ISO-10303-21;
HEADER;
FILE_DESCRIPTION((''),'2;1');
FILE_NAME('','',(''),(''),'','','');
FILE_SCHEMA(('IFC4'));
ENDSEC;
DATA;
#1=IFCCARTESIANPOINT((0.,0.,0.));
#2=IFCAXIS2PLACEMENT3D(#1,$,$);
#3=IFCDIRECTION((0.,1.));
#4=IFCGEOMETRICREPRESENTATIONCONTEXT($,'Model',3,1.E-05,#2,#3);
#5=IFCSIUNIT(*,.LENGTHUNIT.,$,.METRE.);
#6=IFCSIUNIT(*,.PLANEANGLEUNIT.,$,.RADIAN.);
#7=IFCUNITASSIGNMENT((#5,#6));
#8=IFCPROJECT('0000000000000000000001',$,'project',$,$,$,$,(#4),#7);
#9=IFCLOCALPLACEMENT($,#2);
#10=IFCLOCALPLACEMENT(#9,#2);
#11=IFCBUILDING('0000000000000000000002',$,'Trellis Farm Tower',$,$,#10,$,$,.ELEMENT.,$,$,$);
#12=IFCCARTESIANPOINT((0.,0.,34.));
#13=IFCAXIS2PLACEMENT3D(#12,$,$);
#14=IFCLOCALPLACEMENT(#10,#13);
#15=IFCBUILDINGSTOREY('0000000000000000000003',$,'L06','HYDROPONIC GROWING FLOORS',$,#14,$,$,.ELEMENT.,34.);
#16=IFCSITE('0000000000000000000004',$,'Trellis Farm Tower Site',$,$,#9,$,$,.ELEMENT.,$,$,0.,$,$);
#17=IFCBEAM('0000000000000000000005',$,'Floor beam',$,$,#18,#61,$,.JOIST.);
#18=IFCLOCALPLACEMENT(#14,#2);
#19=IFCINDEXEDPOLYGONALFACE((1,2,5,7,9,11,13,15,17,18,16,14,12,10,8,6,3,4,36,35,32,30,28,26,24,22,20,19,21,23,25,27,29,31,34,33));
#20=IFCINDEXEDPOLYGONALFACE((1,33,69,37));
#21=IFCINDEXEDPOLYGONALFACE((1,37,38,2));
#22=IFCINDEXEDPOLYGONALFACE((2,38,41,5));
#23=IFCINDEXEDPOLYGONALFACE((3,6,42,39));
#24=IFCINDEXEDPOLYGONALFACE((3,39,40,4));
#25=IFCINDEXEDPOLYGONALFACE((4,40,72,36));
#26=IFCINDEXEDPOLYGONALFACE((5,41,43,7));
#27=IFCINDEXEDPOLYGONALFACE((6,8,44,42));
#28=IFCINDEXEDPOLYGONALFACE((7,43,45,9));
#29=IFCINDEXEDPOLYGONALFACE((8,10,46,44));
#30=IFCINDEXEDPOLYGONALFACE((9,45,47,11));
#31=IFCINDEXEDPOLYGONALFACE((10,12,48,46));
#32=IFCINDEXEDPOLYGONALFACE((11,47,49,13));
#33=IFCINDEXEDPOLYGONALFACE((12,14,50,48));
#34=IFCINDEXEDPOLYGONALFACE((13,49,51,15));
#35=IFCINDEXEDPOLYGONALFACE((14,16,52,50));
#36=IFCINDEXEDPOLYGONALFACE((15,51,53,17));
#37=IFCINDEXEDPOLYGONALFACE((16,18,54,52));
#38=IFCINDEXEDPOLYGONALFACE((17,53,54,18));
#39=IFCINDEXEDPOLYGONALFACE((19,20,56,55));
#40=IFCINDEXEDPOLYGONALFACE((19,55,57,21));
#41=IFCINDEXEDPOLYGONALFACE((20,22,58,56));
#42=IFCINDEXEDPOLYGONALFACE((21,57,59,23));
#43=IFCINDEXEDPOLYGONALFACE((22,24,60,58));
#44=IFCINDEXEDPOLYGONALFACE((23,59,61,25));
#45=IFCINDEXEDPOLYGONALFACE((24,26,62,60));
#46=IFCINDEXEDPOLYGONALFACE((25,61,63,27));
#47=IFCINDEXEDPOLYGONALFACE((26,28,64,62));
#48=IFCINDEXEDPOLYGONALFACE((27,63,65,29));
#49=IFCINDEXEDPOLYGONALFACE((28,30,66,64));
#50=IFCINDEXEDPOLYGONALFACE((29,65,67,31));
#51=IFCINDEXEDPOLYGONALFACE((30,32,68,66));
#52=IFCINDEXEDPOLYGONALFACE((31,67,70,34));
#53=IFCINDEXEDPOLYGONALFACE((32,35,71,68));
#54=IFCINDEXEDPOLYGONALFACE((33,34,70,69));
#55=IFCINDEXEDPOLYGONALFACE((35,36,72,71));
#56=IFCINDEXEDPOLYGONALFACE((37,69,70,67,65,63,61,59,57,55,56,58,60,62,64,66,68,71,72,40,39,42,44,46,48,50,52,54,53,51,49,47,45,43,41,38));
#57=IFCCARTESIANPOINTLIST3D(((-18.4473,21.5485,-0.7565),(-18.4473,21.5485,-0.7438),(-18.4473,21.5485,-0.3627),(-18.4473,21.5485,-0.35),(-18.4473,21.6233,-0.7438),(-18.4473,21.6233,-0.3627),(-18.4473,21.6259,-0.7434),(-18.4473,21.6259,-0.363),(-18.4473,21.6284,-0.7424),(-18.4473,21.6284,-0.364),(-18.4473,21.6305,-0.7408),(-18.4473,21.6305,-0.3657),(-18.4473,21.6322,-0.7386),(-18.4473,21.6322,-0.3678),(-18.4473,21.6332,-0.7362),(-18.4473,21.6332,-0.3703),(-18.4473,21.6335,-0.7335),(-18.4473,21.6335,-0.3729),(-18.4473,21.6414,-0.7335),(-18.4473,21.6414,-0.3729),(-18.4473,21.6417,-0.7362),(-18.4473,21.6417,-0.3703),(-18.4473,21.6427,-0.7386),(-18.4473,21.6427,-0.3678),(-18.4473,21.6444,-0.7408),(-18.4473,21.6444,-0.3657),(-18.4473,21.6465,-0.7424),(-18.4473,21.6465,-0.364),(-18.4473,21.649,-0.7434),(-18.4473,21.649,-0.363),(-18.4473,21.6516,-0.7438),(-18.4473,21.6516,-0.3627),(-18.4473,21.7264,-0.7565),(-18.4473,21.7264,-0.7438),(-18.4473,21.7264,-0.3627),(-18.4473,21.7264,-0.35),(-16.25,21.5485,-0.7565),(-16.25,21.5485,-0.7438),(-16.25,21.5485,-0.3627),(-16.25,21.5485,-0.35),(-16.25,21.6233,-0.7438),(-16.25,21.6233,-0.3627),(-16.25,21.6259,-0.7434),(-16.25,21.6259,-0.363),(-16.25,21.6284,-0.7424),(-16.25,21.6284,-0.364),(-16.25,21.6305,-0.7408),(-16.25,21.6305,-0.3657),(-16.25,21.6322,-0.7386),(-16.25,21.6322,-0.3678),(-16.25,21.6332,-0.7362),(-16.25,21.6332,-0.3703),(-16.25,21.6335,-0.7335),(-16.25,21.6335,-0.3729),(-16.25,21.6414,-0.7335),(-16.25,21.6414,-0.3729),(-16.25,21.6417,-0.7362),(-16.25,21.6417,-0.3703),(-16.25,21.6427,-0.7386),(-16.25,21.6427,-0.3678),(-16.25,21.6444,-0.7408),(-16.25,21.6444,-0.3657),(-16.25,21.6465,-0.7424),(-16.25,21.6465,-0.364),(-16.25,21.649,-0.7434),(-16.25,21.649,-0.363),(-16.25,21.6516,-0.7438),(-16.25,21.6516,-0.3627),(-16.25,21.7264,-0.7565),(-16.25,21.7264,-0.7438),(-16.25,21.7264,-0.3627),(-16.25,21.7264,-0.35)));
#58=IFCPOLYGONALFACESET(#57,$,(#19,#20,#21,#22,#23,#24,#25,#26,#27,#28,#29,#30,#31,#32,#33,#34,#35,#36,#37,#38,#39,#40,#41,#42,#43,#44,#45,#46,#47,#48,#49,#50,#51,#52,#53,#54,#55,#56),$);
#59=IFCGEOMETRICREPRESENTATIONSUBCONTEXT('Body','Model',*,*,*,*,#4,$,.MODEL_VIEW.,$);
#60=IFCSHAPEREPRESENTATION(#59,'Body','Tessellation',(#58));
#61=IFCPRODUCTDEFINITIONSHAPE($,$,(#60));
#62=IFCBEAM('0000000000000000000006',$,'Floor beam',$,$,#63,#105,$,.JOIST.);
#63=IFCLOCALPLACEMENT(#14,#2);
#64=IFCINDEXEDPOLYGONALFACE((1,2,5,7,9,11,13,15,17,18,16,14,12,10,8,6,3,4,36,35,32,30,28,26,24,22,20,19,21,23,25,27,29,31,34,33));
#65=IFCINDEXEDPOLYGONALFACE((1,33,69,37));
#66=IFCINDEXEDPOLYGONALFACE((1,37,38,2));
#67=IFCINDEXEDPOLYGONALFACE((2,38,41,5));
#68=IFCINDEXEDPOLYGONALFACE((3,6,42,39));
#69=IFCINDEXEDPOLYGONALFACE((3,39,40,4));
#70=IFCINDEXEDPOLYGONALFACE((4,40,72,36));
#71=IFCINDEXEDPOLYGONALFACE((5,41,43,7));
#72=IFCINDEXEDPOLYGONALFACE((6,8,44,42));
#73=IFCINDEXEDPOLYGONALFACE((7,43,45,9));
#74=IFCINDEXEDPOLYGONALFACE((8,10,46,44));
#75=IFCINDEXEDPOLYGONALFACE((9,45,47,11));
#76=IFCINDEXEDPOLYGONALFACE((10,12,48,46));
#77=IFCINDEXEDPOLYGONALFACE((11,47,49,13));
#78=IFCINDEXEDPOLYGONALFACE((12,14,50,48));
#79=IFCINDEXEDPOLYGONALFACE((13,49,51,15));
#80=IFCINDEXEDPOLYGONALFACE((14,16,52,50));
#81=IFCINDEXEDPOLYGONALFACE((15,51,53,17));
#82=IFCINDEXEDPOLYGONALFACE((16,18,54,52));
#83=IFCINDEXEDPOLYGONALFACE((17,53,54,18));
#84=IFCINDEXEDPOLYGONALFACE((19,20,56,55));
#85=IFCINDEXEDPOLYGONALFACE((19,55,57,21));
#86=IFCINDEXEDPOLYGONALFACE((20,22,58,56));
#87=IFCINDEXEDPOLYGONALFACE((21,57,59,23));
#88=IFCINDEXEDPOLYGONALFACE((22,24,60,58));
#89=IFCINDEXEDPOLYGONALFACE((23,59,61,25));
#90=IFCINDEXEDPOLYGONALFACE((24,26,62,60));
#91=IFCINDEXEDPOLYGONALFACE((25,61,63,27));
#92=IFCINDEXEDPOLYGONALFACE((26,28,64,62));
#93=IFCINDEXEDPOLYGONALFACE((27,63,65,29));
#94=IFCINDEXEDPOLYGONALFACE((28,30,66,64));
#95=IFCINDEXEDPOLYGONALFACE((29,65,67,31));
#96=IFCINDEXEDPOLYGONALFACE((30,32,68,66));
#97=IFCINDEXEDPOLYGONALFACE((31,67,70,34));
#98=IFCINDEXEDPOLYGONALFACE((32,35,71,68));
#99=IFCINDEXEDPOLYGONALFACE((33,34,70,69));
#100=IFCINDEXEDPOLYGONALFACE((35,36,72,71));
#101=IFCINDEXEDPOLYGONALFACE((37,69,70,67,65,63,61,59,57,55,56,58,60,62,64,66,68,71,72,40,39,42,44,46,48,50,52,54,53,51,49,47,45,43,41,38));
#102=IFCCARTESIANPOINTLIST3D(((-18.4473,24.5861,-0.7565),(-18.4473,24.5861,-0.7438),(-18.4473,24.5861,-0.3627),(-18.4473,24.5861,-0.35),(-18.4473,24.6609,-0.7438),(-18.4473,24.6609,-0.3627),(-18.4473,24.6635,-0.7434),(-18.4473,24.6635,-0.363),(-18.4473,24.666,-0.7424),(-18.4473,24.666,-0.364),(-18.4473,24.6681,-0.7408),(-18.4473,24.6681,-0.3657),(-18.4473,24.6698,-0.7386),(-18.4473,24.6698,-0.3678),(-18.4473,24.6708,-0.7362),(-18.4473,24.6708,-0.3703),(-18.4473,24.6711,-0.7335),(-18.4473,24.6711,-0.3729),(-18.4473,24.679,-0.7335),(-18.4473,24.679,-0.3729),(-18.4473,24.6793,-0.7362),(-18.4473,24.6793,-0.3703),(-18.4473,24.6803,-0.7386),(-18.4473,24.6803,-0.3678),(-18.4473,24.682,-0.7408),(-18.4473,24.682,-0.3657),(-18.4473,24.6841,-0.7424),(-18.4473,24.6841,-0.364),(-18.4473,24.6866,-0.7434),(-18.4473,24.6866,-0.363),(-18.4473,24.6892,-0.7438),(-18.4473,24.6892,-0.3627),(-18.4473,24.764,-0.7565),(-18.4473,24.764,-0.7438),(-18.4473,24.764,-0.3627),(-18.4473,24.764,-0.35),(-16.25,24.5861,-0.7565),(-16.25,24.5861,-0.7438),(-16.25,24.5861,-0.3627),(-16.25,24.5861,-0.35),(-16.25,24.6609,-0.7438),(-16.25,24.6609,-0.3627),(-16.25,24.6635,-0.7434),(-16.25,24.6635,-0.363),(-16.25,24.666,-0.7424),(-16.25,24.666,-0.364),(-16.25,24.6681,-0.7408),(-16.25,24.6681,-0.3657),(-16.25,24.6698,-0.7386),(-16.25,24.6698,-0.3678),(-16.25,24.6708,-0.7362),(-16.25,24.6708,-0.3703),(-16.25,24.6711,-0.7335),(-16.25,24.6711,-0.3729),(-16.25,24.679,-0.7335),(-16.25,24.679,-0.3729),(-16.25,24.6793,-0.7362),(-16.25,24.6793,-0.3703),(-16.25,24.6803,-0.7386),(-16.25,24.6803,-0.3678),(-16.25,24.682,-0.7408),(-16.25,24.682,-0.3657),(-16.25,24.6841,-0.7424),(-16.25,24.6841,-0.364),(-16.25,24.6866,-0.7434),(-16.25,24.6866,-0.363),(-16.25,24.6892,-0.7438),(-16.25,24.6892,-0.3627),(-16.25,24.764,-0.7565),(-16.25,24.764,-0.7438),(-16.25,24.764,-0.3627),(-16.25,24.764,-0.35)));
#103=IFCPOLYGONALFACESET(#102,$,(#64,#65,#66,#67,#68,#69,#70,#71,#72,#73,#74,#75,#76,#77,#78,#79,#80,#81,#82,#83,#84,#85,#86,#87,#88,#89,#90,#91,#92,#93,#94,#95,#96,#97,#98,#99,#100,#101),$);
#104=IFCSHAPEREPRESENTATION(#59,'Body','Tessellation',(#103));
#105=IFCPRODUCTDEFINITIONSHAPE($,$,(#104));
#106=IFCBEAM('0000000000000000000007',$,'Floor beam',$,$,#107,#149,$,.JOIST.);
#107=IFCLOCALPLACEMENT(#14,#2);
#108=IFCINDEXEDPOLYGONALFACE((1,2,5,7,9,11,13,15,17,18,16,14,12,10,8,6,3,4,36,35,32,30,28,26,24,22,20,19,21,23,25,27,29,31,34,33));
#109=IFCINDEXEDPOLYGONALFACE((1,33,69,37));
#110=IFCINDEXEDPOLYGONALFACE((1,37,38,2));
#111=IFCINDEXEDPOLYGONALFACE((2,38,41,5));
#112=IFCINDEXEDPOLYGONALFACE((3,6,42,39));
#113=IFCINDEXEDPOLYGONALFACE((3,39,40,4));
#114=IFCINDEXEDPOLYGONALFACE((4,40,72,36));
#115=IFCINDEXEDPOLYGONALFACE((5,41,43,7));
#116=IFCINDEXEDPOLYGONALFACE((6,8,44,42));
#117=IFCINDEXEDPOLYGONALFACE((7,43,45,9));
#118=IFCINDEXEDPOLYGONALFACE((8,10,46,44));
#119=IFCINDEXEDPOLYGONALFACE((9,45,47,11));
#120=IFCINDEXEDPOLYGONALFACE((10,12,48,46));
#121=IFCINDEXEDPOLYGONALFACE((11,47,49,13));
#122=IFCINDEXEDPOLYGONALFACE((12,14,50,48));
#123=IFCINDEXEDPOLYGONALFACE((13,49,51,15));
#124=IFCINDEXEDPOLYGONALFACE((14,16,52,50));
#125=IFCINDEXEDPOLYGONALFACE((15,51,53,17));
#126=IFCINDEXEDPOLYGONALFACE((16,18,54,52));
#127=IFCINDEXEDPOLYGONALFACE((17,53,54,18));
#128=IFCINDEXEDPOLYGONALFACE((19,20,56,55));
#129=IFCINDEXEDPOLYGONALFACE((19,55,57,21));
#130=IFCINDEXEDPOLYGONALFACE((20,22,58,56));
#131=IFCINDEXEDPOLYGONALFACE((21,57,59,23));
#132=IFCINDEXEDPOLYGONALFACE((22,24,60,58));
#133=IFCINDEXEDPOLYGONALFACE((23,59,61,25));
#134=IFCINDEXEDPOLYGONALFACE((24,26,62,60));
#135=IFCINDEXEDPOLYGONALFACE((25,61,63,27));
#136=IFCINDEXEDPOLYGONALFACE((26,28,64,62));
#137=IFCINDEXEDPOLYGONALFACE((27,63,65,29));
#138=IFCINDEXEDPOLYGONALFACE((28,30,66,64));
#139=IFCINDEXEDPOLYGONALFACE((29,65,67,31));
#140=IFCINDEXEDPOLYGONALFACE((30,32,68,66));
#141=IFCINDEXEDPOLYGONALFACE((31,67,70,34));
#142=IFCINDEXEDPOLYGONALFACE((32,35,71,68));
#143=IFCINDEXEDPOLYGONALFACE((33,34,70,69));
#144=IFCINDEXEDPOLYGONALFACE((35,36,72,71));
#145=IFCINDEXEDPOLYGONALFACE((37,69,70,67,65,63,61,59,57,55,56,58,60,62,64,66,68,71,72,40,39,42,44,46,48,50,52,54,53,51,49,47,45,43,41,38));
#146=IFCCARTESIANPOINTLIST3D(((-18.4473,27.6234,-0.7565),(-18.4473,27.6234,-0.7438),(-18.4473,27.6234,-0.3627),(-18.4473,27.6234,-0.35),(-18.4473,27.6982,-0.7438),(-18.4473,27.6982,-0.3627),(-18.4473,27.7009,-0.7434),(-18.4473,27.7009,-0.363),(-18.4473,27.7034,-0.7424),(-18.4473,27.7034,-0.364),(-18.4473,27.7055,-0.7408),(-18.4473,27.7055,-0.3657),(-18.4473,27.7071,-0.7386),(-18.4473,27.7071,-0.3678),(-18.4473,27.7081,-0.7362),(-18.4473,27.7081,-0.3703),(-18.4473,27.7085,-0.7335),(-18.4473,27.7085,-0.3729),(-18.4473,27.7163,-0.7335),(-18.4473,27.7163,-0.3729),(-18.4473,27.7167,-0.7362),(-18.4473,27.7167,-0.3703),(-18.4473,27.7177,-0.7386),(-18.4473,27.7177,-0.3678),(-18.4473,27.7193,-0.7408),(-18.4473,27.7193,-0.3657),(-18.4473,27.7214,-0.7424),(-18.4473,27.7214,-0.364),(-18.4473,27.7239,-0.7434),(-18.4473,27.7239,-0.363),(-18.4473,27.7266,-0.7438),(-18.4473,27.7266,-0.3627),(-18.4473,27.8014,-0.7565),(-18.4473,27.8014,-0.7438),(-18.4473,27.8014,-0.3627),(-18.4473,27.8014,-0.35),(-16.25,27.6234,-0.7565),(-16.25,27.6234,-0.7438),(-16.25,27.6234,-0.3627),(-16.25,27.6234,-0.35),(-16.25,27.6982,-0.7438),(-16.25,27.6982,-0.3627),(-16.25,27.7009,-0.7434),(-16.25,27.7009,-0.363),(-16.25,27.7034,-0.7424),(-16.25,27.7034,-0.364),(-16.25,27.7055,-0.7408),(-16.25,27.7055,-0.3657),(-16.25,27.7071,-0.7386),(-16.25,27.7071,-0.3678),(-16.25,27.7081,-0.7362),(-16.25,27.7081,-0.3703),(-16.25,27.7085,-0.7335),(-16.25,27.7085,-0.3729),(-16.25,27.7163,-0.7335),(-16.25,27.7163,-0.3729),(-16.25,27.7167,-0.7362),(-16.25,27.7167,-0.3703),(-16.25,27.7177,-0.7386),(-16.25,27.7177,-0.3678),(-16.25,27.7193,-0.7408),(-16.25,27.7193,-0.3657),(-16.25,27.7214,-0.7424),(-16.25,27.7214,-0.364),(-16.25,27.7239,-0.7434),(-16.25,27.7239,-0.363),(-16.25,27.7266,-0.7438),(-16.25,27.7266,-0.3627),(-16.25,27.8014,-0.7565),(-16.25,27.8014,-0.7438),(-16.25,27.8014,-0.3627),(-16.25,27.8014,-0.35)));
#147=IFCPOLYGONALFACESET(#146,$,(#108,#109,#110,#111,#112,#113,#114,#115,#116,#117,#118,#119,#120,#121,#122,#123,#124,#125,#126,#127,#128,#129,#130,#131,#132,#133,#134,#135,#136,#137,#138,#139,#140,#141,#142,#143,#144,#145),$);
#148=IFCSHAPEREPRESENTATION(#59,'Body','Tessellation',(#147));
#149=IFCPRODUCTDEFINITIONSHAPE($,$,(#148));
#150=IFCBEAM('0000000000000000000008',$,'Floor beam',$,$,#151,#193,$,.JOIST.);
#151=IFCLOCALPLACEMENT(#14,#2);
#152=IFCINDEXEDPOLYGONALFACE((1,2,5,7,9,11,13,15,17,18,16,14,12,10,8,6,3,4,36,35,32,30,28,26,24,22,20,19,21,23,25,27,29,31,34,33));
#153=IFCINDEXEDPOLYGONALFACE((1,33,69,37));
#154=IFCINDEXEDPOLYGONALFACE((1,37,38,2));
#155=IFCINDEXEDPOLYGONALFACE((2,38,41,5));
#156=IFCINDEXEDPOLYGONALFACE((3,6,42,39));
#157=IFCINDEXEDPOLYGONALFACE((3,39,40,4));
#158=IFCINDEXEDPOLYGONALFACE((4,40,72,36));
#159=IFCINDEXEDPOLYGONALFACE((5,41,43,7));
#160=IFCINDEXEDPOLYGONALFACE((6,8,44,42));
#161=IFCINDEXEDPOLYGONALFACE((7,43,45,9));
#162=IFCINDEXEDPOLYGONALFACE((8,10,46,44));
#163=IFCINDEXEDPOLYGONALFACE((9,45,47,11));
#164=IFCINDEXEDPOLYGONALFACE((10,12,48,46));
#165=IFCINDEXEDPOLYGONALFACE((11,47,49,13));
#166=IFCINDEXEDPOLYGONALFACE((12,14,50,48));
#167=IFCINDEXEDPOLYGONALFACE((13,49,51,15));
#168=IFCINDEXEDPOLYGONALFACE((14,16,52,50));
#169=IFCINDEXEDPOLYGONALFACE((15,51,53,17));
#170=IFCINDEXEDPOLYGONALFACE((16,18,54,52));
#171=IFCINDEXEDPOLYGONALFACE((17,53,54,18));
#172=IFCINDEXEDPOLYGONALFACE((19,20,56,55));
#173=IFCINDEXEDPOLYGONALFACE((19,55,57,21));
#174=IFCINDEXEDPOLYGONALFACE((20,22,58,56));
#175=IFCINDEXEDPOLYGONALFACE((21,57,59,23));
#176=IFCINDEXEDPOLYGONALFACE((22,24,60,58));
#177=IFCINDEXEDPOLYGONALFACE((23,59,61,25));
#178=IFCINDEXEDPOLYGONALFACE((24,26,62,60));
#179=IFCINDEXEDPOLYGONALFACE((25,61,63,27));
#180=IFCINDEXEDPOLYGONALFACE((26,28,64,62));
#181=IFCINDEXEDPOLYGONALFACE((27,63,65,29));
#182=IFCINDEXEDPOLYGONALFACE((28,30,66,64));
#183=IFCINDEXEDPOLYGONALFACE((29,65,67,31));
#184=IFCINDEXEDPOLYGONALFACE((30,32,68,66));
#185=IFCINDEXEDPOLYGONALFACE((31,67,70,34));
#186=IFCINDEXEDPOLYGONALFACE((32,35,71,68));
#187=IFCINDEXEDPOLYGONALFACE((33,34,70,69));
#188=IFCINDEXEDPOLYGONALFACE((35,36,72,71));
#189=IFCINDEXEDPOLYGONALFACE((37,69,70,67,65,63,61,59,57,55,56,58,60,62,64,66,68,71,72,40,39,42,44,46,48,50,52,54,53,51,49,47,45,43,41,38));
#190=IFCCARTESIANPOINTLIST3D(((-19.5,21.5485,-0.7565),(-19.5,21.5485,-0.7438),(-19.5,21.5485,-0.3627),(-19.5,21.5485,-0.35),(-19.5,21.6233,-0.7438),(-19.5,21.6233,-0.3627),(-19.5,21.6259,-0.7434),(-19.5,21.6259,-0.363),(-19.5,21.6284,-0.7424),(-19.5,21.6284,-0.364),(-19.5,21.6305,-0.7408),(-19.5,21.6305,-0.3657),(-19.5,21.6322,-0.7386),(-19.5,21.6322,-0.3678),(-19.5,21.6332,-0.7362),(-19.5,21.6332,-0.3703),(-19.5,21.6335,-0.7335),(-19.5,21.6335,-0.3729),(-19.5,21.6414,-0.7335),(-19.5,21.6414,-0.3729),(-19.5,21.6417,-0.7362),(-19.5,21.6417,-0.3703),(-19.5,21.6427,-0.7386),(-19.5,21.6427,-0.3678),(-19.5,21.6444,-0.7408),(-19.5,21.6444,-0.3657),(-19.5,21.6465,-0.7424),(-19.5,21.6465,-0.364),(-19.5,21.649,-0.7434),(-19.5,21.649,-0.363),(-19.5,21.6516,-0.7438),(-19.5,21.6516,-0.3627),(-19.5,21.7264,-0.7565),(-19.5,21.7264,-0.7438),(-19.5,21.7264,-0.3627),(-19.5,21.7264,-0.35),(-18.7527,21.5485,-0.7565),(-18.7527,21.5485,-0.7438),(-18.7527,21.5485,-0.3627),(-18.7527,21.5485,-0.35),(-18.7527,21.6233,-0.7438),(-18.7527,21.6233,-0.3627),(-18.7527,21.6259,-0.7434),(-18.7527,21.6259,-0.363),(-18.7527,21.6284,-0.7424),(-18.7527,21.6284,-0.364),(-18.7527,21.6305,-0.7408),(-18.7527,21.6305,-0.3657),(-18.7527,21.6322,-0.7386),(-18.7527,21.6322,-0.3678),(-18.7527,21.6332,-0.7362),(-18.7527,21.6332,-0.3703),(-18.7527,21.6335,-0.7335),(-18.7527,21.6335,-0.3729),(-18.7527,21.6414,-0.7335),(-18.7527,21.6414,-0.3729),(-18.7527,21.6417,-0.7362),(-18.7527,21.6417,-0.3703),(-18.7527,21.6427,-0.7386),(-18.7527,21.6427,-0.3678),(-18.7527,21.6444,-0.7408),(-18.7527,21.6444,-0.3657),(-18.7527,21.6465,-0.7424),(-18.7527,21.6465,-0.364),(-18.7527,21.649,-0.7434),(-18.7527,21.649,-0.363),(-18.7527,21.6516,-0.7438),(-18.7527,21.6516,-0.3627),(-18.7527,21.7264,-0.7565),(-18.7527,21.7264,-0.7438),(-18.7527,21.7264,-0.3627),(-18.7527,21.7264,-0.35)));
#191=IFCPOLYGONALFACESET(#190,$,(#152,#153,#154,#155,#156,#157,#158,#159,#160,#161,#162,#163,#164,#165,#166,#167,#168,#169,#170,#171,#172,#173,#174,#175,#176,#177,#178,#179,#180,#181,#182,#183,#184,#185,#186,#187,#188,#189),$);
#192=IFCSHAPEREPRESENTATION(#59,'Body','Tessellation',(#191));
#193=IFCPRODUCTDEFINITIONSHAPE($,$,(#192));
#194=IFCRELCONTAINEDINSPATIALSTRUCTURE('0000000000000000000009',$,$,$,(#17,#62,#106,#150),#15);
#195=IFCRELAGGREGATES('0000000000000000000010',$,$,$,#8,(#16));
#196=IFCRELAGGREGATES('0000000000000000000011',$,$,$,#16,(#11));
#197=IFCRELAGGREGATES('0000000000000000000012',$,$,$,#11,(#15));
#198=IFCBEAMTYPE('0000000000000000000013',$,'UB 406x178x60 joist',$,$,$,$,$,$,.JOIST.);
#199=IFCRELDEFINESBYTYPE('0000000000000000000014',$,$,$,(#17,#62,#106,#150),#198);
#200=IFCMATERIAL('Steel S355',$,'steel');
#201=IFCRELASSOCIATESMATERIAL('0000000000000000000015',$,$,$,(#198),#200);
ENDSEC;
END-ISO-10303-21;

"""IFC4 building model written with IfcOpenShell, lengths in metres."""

from ifc_helpers import new_model, si_unit, direction, frame, origin, origin_2d, place, context, subcontext, project, spatial, i_section, extrude, source, transform, mapped, material, material_profile, profile_set, type_object, element, save


model = new_model("IFC4")

# Units and contexts
model_context = context("Model", 3, precision=1e-05, world=origin(), true_north=direction((0.0, 1.0)))
body_context = subcontext(model_context, "Body", "Model", "MODEL_VIEW")
ifc_project = project(units=[si_unit("LENGTHUNIT", "METRE"), si_unit("PLANEANGLEUNIT", "RADIAN")], contexts=[model_context])

# Site, building, storey
site_placement = place(None, origin())
site = spatial("IfcSite", under=ifc_project, at=site_placement, Name="Trellis Farm Tower Site", CompositionType="ELEMENT", RefElevation=0.0)
building_placement = place(site_placement, origin())
building = spatial("IfcBuilding", under=site, at=building_placement, Name="Trellis Farm Tower", CompositionType="ELEMENT")
storey_placement = place(building_placement, frame((0.0, 0.0, 34.0)))
storey = spatial("IfcBuildingStorey", under=building, at=storey_placement, Name="L06", Description="HYDROPONIC GROWING FLOORS", CompositionType="ELEMENT", Elevation=34.0)

# Beams
ifc_material_1 = material(Name="Steel S355", Category="steel")
ifc_material_profile_1 = material_profile(ifc_material_1, i_section(OverallWidth=0.178, OverallDepth=0.4065, WebThickness=0.0078, FlangeThickness=0.0127, FilletRadius=0.0103, at=origin_2d()), Name="UB 406x178x60")
ifc_profile_set_1 = profile_set([ifc_material_profile_1], Name="Steel S355")
beam_type_1 = type_object("IfcBeamType", Name="UB 406x178x60 joist", PredefinedType="JOIST", material=ifc_profile_set_1)
shared_shape_1 = source(origin(), body_context, "Body", "SweptSolid", [
    extrude(i_section(OverallWidth=0.178, OverallDepth=0.4065, WebThickness=0.0078, FlangeThickness=0.0127, FilletRadius=0.0103, at=origin_2d()), origin(), (0.0, 0.0, 1.0), 2.1973),
])
for number, where, z_axis, x_axis, name in (
    (1, (-18.4473, 21.6375, -0.5532), (1.0, 0.0, 0.0), (0.0, 1.0, 0.0), "Floor beam"),
    (2, (-18.4473, 24.675, -0.5532), (1.0, 0.0, 0.0), (0.0, 1.0, 0.0), "Floor beam"),
    (3, (-18.4473, 27.7124, -0.5532), (1.0, 0.0, 0.0), (0.0, 1.0, 0.0), "Floor beam"),
):
    element("IfcBeam", number, at=place(storey_placement, frame(where, z_axis=z_axis, x_axis=x_axis)), inside=storey, type_object=beam_type_1, Name=name, PredefinedType="JOIST", context=body_context, shape_type="MappedRepresentation", body=[
        mapped(shared_shape_1, transform((0.0, 0.0, 0.0))),
    ])
shared_shape_2 = source(origin(), body_context, "Body", "SweptSolid", [
    extrude(i_section(OverallWidth=0.178, OverallDepth=0.4065, WebThickness=0.0078, FlangeThickness=0.0127, FilletRadius=0.0103, at=origin_2d()), origin(), (0.0, 0.0, 1.0), 0.7473),
])
for number, where, z_axis, x_axis, name in (
    (4, (-19.5, 21.6375, -0.5532), (1.0, 0.0, 0.0), (0.0, 1.0, 0.0), "Floor beam"),
):
    element("IfcBeam", number, at=place(storey_placement, frame(where, z_axis=z_axis, x_axis=x_axis)), inside=storey, type_object=beam_type_1, Name=name, PredefinedType="JOIST", context=body_context, shape_type="MappedRepresentation", body=[
        mapped(shared_shape_2, transform((0.0, 0.0, 0.0))),
    ])

save(model, "model.ifc")
